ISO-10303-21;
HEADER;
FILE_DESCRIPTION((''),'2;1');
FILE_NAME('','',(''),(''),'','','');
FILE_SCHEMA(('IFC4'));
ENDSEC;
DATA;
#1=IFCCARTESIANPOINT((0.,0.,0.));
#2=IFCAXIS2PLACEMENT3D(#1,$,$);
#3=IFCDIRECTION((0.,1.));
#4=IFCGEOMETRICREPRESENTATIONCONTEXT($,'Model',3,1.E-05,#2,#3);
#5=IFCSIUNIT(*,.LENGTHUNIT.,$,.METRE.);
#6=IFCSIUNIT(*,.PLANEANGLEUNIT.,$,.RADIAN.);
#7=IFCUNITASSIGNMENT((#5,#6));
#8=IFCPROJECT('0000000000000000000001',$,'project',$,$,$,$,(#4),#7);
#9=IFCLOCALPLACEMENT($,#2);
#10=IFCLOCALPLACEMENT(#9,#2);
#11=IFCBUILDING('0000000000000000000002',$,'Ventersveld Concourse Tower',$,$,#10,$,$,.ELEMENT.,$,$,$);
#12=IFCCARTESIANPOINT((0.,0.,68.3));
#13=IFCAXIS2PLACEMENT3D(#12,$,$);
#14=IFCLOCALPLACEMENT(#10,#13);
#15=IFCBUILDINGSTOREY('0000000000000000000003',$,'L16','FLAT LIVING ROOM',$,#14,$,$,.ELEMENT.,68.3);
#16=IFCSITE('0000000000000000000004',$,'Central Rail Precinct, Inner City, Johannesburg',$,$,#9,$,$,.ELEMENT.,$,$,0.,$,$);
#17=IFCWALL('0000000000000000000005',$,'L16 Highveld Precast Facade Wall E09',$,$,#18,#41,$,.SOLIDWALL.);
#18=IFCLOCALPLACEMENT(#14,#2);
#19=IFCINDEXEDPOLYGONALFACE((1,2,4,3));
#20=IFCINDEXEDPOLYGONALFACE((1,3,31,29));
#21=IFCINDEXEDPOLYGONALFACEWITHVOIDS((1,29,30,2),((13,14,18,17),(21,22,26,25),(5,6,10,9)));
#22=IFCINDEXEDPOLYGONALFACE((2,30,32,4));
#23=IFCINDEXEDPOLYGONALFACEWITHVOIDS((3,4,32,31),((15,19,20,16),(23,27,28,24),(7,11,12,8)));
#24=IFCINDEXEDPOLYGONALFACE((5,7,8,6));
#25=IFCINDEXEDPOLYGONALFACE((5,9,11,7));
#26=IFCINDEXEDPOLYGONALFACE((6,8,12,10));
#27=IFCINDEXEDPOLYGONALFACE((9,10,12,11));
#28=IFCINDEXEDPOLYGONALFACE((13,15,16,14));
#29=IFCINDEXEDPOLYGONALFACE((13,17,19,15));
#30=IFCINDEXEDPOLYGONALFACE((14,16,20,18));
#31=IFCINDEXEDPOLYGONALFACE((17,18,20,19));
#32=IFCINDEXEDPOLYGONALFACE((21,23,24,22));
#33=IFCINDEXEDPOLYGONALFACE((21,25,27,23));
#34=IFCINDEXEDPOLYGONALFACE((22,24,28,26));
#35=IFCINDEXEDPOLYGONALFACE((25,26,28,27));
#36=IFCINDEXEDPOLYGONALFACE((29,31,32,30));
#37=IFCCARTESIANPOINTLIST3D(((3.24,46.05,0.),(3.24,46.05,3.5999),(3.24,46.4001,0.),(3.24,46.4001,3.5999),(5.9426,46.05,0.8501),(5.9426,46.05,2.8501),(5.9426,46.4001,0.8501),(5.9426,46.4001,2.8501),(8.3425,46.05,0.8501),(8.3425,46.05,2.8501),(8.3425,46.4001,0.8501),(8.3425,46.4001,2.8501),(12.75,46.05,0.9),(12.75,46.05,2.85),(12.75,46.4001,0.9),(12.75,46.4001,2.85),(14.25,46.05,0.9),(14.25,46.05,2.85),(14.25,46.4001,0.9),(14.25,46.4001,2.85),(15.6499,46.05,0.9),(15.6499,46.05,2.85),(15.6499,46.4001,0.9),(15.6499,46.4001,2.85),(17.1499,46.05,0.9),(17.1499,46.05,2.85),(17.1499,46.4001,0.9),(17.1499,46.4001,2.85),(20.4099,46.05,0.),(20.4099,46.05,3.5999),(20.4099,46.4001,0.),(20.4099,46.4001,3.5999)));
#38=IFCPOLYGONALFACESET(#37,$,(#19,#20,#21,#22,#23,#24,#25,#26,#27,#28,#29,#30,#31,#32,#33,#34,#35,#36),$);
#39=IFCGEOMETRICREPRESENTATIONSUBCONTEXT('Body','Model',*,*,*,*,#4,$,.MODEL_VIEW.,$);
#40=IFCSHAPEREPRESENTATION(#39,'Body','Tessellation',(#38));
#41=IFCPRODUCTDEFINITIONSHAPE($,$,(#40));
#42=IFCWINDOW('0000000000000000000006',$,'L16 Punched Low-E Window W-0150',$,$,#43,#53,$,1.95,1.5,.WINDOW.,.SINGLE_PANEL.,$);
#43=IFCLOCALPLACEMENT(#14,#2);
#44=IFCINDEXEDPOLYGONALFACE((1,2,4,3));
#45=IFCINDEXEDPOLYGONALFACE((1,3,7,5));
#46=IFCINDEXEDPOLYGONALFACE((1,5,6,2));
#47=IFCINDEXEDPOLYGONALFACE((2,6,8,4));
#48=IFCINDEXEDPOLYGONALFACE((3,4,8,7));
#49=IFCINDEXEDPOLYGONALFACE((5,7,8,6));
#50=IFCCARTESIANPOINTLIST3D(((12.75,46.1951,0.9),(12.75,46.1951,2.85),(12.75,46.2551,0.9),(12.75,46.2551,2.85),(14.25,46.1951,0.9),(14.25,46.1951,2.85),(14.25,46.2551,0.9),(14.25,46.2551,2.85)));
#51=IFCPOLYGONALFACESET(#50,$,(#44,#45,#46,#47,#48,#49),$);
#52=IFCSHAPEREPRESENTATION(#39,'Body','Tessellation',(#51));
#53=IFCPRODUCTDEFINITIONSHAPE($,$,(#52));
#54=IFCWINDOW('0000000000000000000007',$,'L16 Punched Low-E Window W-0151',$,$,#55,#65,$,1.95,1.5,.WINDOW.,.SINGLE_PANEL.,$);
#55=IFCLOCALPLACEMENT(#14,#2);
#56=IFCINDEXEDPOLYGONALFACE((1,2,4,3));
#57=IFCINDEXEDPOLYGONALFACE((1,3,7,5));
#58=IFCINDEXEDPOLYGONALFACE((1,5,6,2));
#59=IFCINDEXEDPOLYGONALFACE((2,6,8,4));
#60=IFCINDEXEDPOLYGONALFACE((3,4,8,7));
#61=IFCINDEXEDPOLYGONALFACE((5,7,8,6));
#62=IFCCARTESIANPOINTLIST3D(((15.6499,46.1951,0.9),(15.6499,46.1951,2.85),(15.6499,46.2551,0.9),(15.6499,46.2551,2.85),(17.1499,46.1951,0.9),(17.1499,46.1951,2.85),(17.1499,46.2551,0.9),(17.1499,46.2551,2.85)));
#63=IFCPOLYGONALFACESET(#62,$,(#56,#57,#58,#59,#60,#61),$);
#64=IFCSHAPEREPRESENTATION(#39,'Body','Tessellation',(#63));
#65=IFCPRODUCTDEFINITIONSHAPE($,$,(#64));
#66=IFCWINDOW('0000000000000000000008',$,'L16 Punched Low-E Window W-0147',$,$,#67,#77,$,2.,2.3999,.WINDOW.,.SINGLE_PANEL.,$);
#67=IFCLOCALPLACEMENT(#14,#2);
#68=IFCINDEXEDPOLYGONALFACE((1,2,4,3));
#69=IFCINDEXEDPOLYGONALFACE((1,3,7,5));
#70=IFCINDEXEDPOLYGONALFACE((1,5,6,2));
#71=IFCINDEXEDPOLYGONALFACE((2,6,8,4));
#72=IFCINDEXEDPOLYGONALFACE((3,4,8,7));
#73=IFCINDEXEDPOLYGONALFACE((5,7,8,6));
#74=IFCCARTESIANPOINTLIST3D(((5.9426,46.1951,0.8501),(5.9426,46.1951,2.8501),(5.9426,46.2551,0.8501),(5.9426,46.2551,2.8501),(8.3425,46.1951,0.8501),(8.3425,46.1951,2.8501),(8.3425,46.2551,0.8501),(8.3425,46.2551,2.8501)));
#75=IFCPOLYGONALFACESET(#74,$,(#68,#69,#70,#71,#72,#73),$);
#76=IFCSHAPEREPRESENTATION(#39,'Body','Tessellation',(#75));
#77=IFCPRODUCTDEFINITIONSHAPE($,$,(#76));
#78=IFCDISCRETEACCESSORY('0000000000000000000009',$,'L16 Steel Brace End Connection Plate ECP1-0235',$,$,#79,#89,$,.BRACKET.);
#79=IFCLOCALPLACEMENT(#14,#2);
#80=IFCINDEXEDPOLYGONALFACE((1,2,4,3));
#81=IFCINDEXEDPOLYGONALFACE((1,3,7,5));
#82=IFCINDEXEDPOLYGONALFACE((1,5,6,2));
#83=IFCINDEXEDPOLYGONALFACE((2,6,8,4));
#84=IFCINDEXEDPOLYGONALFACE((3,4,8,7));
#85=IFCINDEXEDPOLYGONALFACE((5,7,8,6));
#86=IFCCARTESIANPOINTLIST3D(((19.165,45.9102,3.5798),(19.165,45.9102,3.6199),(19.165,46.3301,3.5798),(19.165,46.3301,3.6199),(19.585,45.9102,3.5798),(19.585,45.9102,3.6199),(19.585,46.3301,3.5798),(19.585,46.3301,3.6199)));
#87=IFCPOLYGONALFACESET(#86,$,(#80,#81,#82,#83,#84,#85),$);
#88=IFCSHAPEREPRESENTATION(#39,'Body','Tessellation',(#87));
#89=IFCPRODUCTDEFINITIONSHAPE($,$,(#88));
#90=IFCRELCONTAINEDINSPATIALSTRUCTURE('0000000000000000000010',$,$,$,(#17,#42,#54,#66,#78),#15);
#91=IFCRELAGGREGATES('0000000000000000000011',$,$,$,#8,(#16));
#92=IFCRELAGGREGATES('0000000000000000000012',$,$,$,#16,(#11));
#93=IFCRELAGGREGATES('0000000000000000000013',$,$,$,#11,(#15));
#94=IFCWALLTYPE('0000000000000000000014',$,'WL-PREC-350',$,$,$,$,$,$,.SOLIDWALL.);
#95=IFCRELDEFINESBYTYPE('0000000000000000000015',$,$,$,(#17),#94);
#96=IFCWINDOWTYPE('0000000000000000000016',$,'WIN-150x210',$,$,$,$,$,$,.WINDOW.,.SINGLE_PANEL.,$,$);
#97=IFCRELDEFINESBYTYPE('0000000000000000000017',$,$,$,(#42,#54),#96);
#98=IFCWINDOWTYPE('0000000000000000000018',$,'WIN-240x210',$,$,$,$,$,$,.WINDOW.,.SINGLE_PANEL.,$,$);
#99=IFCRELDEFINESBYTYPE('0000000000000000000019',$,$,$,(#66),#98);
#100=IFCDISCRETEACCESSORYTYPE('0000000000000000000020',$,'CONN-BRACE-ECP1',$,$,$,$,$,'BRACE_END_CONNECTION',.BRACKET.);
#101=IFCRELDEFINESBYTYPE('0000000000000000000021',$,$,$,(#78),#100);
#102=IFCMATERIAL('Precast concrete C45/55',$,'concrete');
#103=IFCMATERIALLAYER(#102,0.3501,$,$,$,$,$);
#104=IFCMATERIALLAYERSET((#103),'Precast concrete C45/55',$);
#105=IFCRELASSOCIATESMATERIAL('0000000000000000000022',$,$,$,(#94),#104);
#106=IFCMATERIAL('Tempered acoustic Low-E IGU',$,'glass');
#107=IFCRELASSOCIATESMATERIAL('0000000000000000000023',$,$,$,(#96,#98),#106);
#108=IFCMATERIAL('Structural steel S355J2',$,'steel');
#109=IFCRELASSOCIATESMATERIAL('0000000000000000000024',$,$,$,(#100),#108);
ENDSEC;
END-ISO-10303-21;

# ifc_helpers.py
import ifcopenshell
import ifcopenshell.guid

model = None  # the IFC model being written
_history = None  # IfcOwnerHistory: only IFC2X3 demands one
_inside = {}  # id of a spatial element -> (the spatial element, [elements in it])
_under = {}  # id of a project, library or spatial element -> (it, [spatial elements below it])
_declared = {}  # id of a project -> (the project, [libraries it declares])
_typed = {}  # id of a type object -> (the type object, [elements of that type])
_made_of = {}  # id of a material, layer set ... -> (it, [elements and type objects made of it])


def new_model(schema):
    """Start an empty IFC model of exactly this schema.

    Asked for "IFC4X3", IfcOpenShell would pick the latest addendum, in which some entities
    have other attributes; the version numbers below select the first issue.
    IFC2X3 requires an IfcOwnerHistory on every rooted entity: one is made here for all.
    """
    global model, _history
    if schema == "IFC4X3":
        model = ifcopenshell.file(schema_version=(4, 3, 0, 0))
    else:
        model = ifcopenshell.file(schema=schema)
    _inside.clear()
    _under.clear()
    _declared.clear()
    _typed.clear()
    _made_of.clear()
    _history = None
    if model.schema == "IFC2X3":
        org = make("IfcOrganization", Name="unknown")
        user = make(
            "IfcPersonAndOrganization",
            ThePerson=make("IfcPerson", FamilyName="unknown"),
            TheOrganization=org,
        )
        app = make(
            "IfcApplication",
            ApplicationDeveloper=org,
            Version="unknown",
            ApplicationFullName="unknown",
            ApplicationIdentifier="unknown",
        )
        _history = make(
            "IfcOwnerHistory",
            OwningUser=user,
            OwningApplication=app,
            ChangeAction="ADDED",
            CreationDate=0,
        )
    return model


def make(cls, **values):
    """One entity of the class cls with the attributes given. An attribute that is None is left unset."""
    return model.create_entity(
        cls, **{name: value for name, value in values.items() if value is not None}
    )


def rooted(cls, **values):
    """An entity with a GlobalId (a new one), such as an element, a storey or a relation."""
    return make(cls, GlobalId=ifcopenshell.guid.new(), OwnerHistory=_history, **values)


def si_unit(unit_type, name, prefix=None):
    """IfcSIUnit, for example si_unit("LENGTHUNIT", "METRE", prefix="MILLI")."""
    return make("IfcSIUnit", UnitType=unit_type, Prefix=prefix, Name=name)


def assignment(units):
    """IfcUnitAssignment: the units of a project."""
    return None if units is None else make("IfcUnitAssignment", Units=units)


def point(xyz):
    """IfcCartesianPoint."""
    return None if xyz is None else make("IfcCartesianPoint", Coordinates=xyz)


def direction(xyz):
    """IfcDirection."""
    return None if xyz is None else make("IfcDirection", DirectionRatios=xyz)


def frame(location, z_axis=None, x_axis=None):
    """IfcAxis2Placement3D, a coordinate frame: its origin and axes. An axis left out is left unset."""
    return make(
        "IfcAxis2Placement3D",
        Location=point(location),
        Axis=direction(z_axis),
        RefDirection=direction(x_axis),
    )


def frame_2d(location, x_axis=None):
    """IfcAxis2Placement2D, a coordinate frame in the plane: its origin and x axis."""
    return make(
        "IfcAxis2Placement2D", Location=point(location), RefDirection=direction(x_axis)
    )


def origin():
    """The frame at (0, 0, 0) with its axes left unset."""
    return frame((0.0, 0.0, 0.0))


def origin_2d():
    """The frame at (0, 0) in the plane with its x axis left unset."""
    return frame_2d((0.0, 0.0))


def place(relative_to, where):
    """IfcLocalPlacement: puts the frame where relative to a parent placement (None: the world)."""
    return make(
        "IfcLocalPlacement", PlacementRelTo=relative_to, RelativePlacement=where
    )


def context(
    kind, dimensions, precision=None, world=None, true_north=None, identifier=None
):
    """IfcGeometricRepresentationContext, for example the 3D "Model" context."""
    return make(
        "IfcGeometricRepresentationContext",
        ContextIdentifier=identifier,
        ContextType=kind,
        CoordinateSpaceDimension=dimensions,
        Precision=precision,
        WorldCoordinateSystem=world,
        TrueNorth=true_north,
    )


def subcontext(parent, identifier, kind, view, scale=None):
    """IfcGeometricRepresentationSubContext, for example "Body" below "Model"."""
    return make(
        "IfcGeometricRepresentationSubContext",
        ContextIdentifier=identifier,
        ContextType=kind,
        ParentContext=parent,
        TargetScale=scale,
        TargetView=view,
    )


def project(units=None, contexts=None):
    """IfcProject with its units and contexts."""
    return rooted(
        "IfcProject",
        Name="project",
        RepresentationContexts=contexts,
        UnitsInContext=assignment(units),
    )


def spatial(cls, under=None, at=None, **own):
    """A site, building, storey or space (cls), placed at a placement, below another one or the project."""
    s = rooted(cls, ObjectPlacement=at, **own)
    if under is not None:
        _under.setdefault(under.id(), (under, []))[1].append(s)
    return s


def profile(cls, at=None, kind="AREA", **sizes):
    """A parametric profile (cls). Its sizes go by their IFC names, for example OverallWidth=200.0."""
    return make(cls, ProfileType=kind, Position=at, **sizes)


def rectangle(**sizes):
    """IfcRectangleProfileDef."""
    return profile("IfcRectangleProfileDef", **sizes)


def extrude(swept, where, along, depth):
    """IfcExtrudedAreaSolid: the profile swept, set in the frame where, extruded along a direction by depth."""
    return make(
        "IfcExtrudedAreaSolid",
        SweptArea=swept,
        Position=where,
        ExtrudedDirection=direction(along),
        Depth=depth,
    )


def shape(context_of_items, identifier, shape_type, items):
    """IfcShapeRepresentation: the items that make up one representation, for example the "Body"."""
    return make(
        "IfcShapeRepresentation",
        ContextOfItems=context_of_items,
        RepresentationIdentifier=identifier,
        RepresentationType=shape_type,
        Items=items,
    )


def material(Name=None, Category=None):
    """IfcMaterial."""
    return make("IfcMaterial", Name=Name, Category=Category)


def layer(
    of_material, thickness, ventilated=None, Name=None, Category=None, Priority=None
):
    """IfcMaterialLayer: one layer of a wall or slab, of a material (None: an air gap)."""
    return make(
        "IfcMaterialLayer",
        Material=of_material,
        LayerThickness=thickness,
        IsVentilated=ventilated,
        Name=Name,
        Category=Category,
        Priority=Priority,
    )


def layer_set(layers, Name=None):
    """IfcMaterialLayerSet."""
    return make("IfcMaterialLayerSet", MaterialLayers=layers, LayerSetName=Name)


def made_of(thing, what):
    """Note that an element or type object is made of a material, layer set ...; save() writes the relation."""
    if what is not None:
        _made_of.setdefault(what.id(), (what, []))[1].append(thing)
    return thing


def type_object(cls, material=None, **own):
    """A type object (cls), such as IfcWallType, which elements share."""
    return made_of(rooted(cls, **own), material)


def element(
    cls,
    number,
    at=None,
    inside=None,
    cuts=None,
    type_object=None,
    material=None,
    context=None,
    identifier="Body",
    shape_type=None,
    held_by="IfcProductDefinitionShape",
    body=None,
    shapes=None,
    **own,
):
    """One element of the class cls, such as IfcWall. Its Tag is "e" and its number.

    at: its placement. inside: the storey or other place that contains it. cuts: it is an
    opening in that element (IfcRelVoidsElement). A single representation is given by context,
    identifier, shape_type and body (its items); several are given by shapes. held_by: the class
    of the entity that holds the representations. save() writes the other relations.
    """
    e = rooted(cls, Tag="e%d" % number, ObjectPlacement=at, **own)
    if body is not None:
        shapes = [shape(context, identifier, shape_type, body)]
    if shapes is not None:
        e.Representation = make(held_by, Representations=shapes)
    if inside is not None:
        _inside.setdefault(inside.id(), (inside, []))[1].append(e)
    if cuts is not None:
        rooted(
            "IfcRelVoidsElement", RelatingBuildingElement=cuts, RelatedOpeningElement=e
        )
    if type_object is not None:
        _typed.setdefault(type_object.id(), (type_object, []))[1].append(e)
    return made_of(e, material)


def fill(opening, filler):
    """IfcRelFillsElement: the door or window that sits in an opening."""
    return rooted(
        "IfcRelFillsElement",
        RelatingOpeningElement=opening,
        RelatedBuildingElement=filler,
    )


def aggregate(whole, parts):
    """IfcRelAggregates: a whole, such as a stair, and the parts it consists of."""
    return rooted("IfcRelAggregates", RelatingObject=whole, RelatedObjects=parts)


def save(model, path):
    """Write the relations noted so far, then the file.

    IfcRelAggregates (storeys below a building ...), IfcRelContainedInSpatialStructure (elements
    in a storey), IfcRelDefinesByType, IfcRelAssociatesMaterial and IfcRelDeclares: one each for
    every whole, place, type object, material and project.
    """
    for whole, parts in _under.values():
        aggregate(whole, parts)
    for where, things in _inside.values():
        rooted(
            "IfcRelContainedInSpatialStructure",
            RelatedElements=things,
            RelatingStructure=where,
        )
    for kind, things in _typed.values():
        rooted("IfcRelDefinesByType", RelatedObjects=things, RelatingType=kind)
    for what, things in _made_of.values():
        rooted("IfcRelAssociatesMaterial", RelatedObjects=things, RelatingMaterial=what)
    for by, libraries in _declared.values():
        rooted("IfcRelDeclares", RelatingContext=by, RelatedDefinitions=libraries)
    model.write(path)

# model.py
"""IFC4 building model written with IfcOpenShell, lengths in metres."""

from ifc_helpers import new_model, si_unit, direction, frame, frame_2d, origin, origin_2d, place, context, subcontext, project, spatial, rectangle, extrude, material, layer, layer_set, type_object, element, fill, save


model = new_model("IFC4")

# Units and contexts
model_context = context("Model", 3, precision=1e-05, world=origin(), true_north=direction((0.0, 1.0)))
body_context = subcontext(model_context, "Body", "Model", "MODEL_VIEW")
ifc_project = project(units=[si_unit("LENGTHUNIT", "METRE"), si_unit("PLANEANGLEUNIT", "RADIAN")], contexts=[model_context])

# Site, building, storey
site_placement = place(None, origin())
site = spatial("IfcSite", under=ifc_project, at=site_placement, Name="Central Rail Precinct, Inner City, Johannesburg", CompositionType="ELEMENT", RefElevation=0.0)
building_placement = place(site_placement, origin())
building = spatial("IfcBuilding", under=site, at=building_placement, Name="Ventersveld Concourse Tower", CompositionType="ELEMENT")
storey_placement = place(building_placement, frame((0.0, 0.0, 68.3)))
storey = spatial("IfcBuildingStorey", under=building, at=storey_placement, Name="L16", Description="FLAT LIVING ROOM", CompositionType="ELEMENT", Elevation=68.3)

# Shared definitions
ifc_material_1 = material(Name="Structural steel S355J2", Category="steel")

# Shared definitions
ifc_material_2 = material(Name="Precast concrete C45/55", Category="concrete")
ifc_layer_1 = layer(ifc_material_2, 0.3501)
ifc_layer_set_1 = layer_set([ifc_layer_1], Name="Precast concrete C45/55")
wall_type_1 = type_object("IfcWallType", Name="WL-PREC-350", PredefinedType="SOLIDWALL", material=ifc_layer_set_1)
ifc_material_3 = material(Name="Tempered acoustic Low-E IGU", Category="glass")
window_type_1 = type_object("IfcWindowType", Name="WIN-150x210", PartitioningType="SINGLE_PANEL", PredefinedType="WINDOW", material=ifc_material_3)

# Wall, openings, windows
wall_1_placement = place(storey_placement, frame((20.4099, 46.2251, 0.0), z_axis=(0.0, 0.0, 1.0), x_axis=(-1.0, 0.0, 0.0)))
wall_1 = element("IfcWall", 1, at=wall_1_placement, inside=storey, type_object=wall_type_1, Name="L16 Highveld Precast Facade Wall E09", PredefinedType="SOLIDWALL", context=body_context, shape_type="SweptSolid", body=[
    extrude(rectangle(XDim=17.1699, YDim=0.3501, at=frame_2d((8.585, 0.0))), origin(), (0.0, 0.0, 1.0), 3.5999),
])
opening_1_placement = place(wall_1_placement, frame((12.0674, 0.0, 0.8501)))
opening_1 = element("IfcOpeningElement", 2, at=opening_1_placement, cuts=wall_1, PredefinedType="OPENING", context=body_context, shape_type="SweptSolid", body=[
    extrude(rectangle(XDim=2.3999, YDim=2.0, at=frame_2d((1.2, 1.0))), frame((0.0, 0.1851, 0.0), z_axis=(0.0, -1.0, 0.0), x_axis=(1.0, 0.0, 0.0)), (0.0, 0.0, 1.0), 0.3701),
])
opening_2_placement = place(wall_1_placement, frame((6.1599, 0.0, 0.8999)))
opening_2 = element("IfcOpeningElement", 3, at=opening_2_placement, cuts=wall_1, PredefinedType="OPENING", context=body_context, shape_type="SweptSolid", body=[
    extrude(rectangle(XDim=1.5, YDim=1.95, at=frame_2d((0.75, 0.9751))), frame((0.0, 0.1851, 0.0), z_axis=(0.0, -1.0, 0.0), x_axis=(1.0, 0.0, 0.0)), (0.0, 0.0, 1.0), 0.3701),
])
opening_3_placement = place(wall_1_placement, frame((3.26, 0.0, 0.8999)))
opening_3 = element("IfcOpeningElement", 4, at=opening_3_placement, cuts=wall_1, PredefinedType="OPENING", context=body_context, shape_type="SweptSolid", body=[
    extrude(rectangle(XDim=1.5, YDim=1.95, at=frame_2d((0.75, 0.9751))), frame((0.0, 0.1851, 0.0), z_axis=(0.0, -1.0, 0.0), x_axis=(1.0, 0.0, 0.0)), (0.0, 0.0, 1.0), 0.3701),
])
window_1_placement = place(opening_2_placement, origin())
window_1 = element("IfcWindow", 5, at=window_1_placement, inside=storey, type_object=window_type_1, Name="L16 Punched Low-E Window W-0150", OverallHeight=1.95, OverallWidth=1.5, PartitioningType="SINGLE_PANEL", PredefinedType="WINDOW", context=body_context, shape_type="SweptSolid", body=[
    extrude(rectangle(XDim=1.5, YDim=1.95, at=frame_2d((0.75, 0.9751))), frame((0.0, 0.03, 0.0), z_axis=(0.0, -1.0, 0.0), x_axis=(1.0, 0.0, 0.0)), (0.0, 0.0, 1.0), 0.0601),
])
fill(opening_2, window_1)
window_2_placement = place(opening_3_placement, origin())
window_2 = element("IfcWindow", 6, at=window_2_placement, inside=storey, type_object=window_type_1, Name="L16 Punched Low-E Window W-0151", OverallHeight=1.95, OverallWidth=1.5, PartitioningType="SINGLE_PANEL", PredefinedType="WINDOW", context=body_context, shape_type="SweptSolid", body=[
    extrude(rectangle(XDim=1.5, YDim=1.95, at=frame_2d((0.75, 0.9751))), frame((0.0, 0.03, 0.0), z_axis=(0.0, -1.0, 0.0), x_axis=(1.0, 0.0, 0.0)), (0.0, 0.0, 1.0), 0.0601),
])
fill(opening_3, window_2)
window_type_2 = type_object("IfcWindowType", Name="WIN-240x210", PartitioningType="SINGLE_PANEL", PredefinedType="WINDOW", material=ifc_material_3)
window_3_placement = place(opening_1_placement, origin())
window_3 = element("IfcWindow", 7, at=window_3_placement, inside=storey, type_object=window_type_2, Name="L16 Punched Low-E Window W-0147", OverallHeight=2.0, OverallWidth=2.3999, PartitioningType="SINGLE_PANEL", PredefinedType="WINDOW", context=body_context, shape_type="SweptSolid", body=[
    extrude(rectangle(XDim=2.3999, YDim=2.0, at=frame_2d((1.2, 1.0))), frame((0.0, 0.03, 0.0), z_axis=(0.0, -1.0, 0.0), x_axis=(1.0, 0.0, 0.0)), (0.0, 0.0, 1.0), 0.0601),
])
fill(opening_1, window_3)

# Discrete accessory
discrete_accessory_type = type_object("IfcDiscreteAccessoryType", Name="CONN-BRACE-ECP1", ElementType="BRACE_END_CONNECTION", PredefinedType="BRACKET", material=ifc_material_1)
discrete_accessory_placement = place(storey_placement, frame((19.375, 46.1201, 3.5798), z_axis=(0.0, 0.0, 1.0), x_axis=(1.0, 0.0, 0.0)))
element("IfcDiscreteAccessory", 8, at=discrete_accessory_placement, inside=storey, type_object=discrete_accessory_type, Name="L16 Steel Brace End Connection Plate ECP1-0235", PredefinedType="BRACKET", context=body_context, shape_type="SweptSolid", body=[
    extrude(rectangle(XDim=0.4199, YDim=0.4199, at=origin_2d()), origin(), (0.0, 0.0, 1.0), 0.04),
])

save(model, "model.ifc")
